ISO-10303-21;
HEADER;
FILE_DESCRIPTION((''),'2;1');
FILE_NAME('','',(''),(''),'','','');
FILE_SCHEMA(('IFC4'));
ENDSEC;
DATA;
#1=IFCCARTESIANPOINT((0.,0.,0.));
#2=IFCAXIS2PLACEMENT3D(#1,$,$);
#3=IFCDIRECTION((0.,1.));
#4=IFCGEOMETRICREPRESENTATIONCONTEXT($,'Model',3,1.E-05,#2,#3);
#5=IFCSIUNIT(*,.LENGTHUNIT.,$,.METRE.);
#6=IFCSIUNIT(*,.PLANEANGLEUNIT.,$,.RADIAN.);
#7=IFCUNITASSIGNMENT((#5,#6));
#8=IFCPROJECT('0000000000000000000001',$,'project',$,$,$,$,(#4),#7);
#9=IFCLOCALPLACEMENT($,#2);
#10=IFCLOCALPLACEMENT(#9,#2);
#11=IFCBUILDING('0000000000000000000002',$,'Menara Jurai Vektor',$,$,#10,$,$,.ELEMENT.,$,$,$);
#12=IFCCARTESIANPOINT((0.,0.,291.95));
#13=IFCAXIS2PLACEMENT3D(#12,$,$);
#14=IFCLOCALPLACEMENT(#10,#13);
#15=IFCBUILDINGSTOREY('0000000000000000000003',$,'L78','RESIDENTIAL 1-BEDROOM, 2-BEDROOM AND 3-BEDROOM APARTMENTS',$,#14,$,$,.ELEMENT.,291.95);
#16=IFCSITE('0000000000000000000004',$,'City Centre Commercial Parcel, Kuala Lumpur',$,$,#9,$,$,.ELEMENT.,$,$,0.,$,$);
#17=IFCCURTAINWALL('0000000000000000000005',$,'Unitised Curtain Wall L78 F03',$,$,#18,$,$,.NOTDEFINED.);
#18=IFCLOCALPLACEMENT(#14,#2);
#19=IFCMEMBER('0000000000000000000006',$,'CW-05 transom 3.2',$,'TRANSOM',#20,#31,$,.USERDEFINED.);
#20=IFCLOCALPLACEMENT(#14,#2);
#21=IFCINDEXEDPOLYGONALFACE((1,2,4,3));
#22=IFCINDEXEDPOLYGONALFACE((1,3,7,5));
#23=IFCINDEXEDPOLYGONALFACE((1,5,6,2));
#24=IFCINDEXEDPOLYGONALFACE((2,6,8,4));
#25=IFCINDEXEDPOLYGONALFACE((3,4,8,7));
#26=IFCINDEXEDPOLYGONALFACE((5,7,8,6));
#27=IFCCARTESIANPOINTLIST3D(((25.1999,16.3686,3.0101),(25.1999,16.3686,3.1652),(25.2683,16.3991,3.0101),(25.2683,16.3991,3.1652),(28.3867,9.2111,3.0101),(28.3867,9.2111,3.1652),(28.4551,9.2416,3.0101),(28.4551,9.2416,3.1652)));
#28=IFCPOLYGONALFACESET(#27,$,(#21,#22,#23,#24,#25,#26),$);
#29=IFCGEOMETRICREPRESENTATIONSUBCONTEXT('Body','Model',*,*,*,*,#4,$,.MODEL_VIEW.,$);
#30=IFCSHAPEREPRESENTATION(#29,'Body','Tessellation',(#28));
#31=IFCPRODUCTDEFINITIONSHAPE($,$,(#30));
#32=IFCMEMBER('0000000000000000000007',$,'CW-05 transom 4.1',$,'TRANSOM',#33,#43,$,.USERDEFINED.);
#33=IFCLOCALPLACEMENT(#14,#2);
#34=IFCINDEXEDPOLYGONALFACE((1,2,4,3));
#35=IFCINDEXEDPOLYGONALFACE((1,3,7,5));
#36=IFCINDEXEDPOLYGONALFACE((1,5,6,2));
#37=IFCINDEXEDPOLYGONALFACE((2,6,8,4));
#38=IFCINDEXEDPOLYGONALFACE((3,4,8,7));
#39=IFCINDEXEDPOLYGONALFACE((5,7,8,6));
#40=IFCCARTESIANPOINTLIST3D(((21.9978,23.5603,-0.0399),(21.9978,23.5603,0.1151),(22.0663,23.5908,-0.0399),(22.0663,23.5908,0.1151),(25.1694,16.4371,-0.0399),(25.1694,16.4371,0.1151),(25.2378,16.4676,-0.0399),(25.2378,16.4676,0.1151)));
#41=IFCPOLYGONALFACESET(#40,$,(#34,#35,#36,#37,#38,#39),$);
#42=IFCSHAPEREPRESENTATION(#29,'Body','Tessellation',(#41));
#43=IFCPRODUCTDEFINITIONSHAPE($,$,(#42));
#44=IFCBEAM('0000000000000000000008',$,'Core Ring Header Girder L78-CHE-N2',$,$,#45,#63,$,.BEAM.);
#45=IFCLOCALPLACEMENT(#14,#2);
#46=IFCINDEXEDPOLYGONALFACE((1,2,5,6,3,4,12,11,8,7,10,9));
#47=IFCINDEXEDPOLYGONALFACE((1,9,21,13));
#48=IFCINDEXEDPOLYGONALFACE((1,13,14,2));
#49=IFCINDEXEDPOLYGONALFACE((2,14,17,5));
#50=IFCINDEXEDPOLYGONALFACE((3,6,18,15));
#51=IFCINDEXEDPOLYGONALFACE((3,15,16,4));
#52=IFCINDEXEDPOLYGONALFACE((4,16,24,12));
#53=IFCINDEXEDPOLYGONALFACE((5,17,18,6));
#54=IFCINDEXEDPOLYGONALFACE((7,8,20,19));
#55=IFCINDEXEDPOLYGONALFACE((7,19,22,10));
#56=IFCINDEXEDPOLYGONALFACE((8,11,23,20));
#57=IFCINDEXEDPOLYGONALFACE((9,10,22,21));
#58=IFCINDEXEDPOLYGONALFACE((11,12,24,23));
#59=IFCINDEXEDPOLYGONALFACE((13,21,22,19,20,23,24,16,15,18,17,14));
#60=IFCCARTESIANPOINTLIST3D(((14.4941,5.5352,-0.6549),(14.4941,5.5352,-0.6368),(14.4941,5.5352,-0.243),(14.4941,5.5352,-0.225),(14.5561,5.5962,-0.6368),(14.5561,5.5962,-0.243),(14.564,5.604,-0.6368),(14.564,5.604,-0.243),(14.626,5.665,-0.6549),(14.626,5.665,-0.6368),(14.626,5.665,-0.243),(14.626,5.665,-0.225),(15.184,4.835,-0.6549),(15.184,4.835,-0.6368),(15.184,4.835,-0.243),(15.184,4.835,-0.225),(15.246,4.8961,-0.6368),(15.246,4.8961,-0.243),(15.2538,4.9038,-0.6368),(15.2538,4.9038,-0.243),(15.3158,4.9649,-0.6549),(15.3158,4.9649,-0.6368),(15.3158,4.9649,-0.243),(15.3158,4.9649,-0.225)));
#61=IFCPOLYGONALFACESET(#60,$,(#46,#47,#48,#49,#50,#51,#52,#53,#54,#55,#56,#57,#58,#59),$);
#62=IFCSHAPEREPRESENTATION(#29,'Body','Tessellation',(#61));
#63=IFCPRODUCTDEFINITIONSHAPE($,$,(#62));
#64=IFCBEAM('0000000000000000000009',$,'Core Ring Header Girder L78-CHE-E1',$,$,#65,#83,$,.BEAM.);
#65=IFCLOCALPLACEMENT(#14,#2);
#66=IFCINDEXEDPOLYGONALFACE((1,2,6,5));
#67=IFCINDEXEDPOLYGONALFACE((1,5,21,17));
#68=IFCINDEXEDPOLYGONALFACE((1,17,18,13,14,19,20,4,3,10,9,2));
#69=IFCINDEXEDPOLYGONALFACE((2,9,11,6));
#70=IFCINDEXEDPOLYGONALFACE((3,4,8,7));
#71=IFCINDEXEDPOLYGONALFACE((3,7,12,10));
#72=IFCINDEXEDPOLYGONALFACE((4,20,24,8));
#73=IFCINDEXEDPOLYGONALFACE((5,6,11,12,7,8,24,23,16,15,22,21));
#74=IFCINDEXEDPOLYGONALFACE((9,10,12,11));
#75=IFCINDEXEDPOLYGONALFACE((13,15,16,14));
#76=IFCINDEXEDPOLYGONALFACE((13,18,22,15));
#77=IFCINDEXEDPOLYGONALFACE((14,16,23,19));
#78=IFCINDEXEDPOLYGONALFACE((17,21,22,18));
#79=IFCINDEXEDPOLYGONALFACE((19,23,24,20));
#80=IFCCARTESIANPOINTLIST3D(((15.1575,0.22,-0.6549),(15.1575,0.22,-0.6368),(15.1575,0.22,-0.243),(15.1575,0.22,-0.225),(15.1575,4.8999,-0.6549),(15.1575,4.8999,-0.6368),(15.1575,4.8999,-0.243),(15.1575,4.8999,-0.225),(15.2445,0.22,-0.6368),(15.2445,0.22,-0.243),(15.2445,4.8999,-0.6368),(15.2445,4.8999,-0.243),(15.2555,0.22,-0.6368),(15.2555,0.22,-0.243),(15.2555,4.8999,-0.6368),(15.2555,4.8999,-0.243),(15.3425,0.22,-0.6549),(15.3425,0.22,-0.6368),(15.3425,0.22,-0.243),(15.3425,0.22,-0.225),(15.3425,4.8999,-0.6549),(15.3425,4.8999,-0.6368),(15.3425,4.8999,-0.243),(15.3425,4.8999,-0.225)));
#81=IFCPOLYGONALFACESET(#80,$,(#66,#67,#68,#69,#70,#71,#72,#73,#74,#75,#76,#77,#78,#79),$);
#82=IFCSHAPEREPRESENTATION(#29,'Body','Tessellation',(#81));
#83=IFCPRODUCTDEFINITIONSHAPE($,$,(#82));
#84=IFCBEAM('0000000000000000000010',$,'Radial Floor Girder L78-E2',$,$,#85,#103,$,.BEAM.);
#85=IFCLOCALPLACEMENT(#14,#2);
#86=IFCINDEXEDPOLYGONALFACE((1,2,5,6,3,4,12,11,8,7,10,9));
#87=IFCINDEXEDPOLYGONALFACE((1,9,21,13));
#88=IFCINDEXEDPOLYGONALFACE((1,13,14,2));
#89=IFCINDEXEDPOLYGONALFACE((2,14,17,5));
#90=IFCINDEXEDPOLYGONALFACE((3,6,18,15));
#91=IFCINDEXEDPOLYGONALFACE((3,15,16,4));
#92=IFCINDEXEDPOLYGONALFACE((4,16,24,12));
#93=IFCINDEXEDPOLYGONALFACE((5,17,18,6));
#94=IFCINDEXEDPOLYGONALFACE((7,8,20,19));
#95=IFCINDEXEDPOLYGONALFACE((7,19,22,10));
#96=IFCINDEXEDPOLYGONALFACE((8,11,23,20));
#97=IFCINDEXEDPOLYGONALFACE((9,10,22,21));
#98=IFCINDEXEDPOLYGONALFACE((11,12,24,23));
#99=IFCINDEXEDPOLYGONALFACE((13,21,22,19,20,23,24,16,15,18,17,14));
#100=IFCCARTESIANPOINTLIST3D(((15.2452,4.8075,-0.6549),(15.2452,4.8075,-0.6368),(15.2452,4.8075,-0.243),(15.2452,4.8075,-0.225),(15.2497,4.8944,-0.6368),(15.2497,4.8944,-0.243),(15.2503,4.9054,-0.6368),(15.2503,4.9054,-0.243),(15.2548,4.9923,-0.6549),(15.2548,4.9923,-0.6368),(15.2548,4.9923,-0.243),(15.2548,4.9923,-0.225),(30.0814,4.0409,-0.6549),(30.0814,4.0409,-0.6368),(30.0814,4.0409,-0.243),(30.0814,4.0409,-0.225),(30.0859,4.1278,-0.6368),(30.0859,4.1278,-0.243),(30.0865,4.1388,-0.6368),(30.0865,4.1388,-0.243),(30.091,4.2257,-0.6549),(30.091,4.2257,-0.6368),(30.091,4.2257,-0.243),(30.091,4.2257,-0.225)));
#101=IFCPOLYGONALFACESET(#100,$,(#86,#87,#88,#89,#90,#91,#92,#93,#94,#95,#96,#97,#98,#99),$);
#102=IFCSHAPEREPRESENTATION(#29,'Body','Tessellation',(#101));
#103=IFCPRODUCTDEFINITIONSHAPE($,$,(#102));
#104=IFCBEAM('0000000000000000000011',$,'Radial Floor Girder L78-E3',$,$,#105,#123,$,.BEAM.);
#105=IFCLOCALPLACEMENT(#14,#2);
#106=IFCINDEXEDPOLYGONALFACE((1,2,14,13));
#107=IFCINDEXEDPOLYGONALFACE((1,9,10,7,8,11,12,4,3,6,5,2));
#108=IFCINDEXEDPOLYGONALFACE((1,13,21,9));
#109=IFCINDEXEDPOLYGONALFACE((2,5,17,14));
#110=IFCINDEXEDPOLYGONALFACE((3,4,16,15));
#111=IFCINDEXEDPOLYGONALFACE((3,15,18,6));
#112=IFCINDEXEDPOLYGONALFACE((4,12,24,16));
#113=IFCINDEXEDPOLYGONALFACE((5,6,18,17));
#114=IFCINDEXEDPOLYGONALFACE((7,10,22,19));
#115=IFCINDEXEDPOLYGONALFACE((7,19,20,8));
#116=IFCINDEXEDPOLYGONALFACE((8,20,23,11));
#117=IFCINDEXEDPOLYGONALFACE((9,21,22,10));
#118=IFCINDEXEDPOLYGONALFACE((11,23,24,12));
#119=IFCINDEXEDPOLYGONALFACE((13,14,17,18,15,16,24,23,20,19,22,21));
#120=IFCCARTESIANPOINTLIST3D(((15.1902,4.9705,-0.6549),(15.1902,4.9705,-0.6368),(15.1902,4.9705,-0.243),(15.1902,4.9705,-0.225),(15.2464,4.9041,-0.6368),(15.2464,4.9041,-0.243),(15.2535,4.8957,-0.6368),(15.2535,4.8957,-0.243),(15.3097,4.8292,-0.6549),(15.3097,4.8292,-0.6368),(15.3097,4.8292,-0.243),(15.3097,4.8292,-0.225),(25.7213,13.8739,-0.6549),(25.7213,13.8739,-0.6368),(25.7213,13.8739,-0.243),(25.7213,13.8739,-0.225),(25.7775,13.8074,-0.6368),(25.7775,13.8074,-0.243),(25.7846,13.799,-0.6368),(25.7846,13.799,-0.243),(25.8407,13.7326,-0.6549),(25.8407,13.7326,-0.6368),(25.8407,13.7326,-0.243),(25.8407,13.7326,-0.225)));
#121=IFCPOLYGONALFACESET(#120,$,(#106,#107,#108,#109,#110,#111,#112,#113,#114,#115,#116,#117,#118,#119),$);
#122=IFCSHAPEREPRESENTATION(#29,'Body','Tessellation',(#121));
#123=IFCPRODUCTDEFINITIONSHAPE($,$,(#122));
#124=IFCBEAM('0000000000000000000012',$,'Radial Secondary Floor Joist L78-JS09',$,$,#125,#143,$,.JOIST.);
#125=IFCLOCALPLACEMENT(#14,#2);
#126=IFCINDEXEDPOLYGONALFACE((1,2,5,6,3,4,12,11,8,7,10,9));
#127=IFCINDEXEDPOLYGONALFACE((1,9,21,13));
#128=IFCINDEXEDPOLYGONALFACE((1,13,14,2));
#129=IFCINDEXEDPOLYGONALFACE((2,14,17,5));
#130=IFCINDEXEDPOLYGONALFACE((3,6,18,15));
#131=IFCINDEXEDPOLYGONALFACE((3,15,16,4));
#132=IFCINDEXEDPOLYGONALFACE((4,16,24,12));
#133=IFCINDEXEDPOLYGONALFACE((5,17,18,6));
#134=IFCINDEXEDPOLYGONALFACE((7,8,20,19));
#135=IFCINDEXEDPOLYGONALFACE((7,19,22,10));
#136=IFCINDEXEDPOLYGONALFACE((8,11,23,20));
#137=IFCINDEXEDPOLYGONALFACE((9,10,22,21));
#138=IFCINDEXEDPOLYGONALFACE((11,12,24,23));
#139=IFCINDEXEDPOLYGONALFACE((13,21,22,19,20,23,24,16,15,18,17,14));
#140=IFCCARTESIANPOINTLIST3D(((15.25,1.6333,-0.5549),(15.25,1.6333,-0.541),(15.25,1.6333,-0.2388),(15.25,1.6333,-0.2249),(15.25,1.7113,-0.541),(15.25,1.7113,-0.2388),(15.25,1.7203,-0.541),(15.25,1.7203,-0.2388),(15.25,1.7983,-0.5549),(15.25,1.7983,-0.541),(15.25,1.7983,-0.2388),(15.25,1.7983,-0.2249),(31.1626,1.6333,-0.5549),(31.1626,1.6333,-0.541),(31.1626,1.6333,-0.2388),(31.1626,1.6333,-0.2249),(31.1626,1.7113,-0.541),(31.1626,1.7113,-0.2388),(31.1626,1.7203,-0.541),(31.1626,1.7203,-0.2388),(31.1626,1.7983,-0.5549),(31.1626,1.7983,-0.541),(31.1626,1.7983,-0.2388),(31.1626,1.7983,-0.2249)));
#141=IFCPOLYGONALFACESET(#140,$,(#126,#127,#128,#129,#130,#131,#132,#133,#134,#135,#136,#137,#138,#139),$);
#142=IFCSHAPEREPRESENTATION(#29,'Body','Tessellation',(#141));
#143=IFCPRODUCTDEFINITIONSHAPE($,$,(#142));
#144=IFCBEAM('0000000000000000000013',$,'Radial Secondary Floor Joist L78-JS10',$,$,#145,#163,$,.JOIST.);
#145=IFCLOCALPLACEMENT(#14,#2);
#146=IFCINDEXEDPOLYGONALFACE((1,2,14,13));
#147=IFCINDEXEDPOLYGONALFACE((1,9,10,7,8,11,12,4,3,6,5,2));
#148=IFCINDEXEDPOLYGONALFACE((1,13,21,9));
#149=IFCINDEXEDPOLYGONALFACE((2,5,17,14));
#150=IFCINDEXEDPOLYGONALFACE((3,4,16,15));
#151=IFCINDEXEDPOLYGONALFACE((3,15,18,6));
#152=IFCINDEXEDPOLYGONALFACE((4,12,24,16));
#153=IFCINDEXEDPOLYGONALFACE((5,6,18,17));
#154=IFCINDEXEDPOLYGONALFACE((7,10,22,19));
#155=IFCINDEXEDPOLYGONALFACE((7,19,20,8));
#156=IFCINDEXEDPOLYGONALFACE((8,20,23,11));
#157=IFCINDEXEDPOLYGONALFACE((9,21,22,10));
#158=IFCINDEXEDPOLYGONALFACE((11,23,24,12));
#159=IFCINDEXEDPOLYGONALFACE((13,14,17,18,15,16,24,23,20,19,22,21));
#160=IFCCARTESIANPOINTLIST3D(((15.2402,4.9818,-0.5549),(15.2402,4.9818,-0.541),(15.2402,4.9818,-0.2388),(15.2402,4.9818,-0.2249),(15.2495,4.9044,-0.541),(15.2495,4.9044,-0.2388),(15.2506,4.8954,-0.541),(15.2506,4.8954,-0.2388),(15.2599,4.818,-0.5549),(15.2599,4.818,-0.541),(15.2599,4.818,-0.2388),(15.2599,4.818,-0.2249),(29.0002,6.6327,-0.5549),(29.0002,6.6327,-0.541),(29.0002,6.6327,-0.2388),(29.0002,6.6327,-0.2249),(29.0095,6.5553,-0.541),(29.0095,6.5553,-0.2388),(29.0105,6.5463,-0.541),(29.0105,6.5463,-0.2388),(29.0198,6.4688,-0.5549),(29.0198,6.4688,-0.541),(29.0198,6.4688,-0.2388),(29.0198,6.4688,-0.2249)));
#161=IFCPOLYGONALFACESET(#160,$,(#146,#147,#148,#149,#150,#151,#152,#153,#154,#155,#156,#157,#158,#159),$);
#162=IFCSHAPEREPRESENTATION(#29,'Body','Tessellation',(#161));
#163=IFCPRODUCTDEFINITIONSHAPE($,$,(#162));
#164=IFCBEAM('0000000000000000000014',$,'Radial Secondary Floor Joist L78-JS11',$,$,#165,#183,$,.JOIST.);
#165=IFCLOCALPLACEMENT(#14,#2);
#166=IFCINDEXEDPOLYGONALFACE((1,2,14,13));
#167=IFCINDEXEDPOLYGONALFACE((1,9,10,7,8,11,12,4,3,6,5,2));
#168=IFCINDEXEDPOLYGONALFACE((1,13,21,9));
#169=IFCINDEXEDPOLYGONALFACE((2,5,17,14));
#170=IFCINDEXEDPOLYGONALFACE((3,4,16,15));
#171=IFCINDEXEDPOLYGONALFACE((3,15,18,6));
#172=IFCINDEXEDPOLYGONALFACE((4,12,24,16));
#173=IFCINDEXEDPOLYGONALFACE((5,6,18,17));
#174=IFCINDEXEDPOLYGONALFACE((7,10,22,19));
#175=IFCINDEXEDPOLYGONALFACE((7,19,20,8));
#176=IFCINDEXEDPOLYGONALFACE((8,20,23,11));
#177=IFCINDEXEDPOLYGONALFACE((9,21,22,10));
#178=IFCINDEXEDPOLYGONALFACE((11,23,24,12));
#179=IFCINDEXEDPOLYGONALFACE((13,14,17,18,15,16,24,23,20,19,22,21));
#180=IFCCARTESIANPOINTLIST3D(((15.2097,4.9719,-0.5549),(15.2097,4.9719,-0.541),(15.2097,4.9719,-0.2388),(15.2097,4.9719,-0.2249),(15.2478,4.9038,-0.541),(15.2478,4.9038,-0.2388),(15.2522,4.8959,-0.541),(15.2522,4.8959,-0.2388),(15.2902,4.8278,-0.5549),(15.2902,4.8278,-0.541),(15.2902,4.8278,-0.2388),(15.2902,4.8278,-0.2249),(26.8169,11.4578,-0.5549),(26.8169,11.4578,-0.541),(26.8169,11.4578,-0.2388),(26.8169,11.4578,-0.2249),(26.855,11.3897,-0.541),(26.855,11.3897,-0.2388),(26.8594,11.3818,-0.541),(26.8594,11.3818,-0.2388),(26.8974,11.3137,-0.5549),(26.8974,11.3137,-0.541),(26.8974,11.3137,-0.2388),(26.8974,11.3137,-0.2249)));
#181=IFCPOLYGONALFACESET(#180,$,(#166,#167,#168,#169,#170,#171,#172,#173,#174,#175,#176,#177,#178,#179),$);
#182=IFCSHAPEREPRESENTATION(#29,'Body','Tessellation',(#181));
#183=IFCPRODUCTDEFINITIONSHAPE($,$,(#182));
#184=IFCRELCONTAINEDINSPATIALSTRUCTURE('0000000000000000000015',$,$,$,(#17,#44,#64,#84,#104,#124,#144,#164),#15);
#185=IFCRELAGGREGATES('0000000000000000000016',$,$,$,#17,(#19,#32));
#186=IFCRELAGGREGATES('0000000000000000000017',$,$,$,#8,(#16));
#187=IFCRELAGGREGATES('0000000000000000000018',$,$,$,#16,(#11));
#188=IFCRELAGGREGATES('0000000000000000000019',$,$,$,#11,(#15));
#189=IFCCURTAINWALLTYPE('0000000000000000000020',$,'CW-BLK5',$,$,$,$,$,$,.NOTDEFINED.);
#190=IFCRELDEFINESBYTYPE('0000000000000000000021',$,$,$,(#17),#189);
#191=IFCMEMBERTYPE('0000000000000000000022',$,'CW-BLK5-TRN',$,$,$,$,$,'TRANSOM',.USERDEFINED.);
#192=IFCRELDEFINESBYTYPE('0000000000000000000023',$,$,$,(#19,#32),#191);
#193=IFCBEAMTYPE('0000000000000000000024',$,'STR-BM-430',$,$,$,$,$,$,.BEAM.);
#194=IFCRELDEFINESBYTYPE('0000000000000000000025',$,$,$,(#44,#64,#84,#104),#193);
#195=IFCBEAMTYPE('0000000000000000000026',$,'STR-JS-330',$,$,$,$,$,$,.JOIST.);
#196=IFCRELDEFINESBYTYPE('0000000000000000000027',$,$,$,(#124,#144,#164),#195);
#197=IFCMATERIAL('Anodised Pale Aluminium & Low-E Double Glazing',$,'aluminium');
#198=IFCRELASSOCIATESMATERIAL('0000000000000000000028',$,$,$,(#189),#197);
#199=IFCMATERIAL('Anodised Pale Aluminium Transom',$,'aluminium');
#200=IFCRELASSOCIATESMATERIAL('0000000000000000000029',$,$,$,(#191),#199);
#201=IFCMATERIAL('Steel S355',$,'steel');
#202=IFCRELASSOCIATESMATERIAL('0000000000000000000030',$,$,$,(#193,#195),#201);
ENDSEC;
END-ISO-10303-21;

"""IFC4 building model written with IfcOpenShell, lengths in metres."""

from ifc_helpers import new_model, si_unit, direction, frame, origin, origin_2d, place, context, subcontext, project, spatial, rectangle, i_section, extrude, material, material_profile, profile_set, type_object, element, aggregate, save


model = new_model("IFC4")

# Units and contexts
model_context = context("Model", 3, precision=1e-05, world=origin(), true_north=direction((0.0, 1.0)))
body_context = subcontext(model_context, "Body", "Model", "MODEL_VIEW")
ifc_project = project(units=[si_unit("LENGTHUNIT", "METRE"), si_unit("PLANEANGLEUNIT", "RADIAN")], contexts=[model_context])

# Site, building, storey
site_placement = place(None, origin())
site = spatial("IfcSite", under=ifc_project, at=site_placement, Name="City Centre Commercial Parcel, Kuala Lumpur", CompositionType="ELEMENT", RefElevation=0.0)
building_placement = place(site_placement, origin())
building = spatial("IfcBuilding", under=site, at=building_placement, Name="Menara Jurai Vektor", CompositionType="ELEMENT")
storey_placement = place(building_placement, frame((0.0, 0.0, 291.95)))
storey = spatial("IfcBuildingStorey", under=building, at=storey_placement, Name="L78", Description="RESIDENTIAL 1-BEDROOM, 2-BEDROOM AND 3-BEDROOM APARTMENTS", CompositionType="ELEMENT", Elevation=291.95)

# Curtain wall, members
ifc_material_1 = material(Name="Anodised Pale Aluminium & Low-E Double Glazing", Category="aluminium")
curtain_wall_type = type_object("IfcCurtainWallType", Name="CW-BLK5", PredefinedType="NOTDEFINED", material=ifc_material_1)
curtain_wall_placement = place(storey_placement, origin())
curtain_wall = element("IfcCurtainWall", 1, at=curtain_wall_placement, inside=storey, type_object=curtain_wall_type, Name="Unitised Curtain Wall L78 F03", PredefinedType="NOTDEFINED")
ifc_material_2 = material(Name="Anodised Pale Aluminium Transom", Category="aluminium")
ifc_material_profile_1 = material_profile(ifc_material_2, rectangle(XDim=0.075, YDim=0.155, at=origin_2d()), Name="ALU TRN 75x155")
ifc_profile_set_1 = profile_set([ifc_material_profile_1], Name="Anodised Pale Aluminium Transom")
member_type_1 = type_object("IfcMemberType", Name="CW-BLK5-TRN", ElementType="TRANSOM", PredefinedType="USERDEFINED", material=ifc_profile_set_1)
member_1_placement = place(storey_placement, frame((28.4209, 9.2263, 3.0876), z_axis=(-0.406743, 0.913543, 0.0), x_axis=(-0.913543, -0.406743, 0.0)))
member_1 = element("IfcMember", 2, at=member_1_placement, type_object=member_type_1, Name="CW-05 transom 3.2", ObjectType="TRANSOM", PredefinedType="USERDEFINED", context=body_context, shape_type="SweptSolid", body=[
    extrude(rectangle(XDim=0.075, YDim=0.155, at=origin_2d()), origin(), (0.0, 0.0, 1.0), 7.835),
])
member_2_placement = place(storey_placement, frame((25.2036, 16.4524, 0.0376), z_axis=(-0.406751, 0.913539, 0.0), x_axis=(-0.913539, -0.406751, 0.0)))
member_2 = element("IfcMember", 3, at=member_2_placement, type_object=member_type_1, Name="CW-05 transom 4.1", ObjectType="TRANSOM", PredefinedType="USERDEFINED", context=body_context, shape_type="SweptSolid", body=[
    extrude(rectangle(XDim=0.075, YDim=0.155, at=origin_2d()), origin(), (0.0, 0.0, 1.0), 7.7974),
])

# Beams
ifc_material_3 = material(Name="Steel S355", Category="steel")
ifc_material_profile_2 = material_profile(ifc_material_3, i_section(OverallWidth=0.1851, OverallDepth=0.4299, WebThickness=0.011, FlangeThickness=0.0181, at=origin_2d()), Name="PG 430x185x76")
ifc_profile_set_2 = profile_set([ifc_material_profile_2], Name="Steel S355")
beam_type_1 = type_object("IfcBeamType", Name="STR-BM-430", PredefinedType="BEAM", material=ifc_profile_set_2)
beam_1_placement = place(storey_placement, frame((14.5601, 5.6001, -0.4399), z_axis=(0.701872, -0.712303, 0.0), x_axis=(0.712303, 0.701872, 0.0)))
element("IfcBeam", 4, at=beam_1_placement, inside=storey, type_object=beam_type_1, Name="Core Ring Header Girder L78-CHE-N2", PredefinedType="BEAM", context=body_context, shape_type="SweptSolid", body=[
    extrude(i_section(OverallWidth=0.1851, OverallDepth=0.4299, WebThickness=0.011, FlangeThickness=0.0181, at=origin_2d()), origin(), (0.0, 0.0, 1.0), 0.9829),
])
beam_2_placement = place(storey_placement, frame((15.25, 0.22, -0.4399), z_axis=(0.0, 1.0, 0.0), x_axis=(-1.0, 0.0, 0.0)))
element("IfcBeam", 5, at=beam_2_placement, inside=storey, type_object=beam_type_1, Name="Core Ring Header Girder L78-CHE-E1", PredefinedType="BEAM", context=body_context, shape_type="SweptSolid", body=[
    extrude(i_section(OverallWidth=0.1851, OverallDepth=0.4299, WebThickness=0.011, FlangeThickness=0.0181, at=origin_2d()), origin(), (0.0, 0.0, 1.0), 4.6799),
])
beam_3_placement = place(storey_placement, frame((30.0862, 4.1333, -0.4399), z_axis=(-0.998668, 0.051602, 0.0), x_axis=(-0.051602, -0.998668, 0.0)))
element("IfcBeam", 6, at=beam_3_placement, inside=storey, type_object=beam_type_1, Name="Radial Floor Girder L78-E2", PredefinedType="BEAM", context=body_context, shape_type="SweptSolid", body=[
    extrude(i_section(OverallWidth=0.1851, OverallDepth=0.4299, WebThickness=0.011, FlangeThickness=0.0181, at=origin_2d()), origin(), (0.0, 0.0, 1.0), 14.856),
])
beam_4_placement = place(storey_placement, frame((25.781, 13.8032, -0.4399), z_axis=(-0.763656, -0.645624, 0.0), x_axis=(0.645624, -0.763656, 0.0)))
element("IfcBeam", 7, at=beam_4_placement, inside=storey, type_object=beam_type_1, Name="Radial Floor Girder L78-E3", PredefinedType="BEAM", context=body_context, shape_type="SweptSolid", body=[
    extrude(i_section(OverallWidth=0.1851, OverallDepth=0.4299, WebThickness=0.011, FlangeThickness=0.0181, at=origin_2d()), origin(), (0.0, 0.0, 1.0), 13.7903),
])
ifc_material_profile_3 = material_profile(ifc_material_3, i_section(OverallWidth=0.165, OverallDepth=0.3301, WebThickness=0.009, FlangeThickness=0.0139, at=origin_2d()), Name="PG 330x165x46")
ifc_profile_set_3 = profile_set([ifc_material_profile_3], Name="Steel S355")
beam_type_2 = type_object("IfcBeamType", Name="STR-JS-330", PredefinedType="JOIST", material=ifc_profile_set_3)
beam_5_placement = place(storey_placement, frame((31.1626, 1.7158, -0.3899), z_axis=(-1.0, 0.0, 0.0), x_axis=(0.0, -1.0, 0.0)))
element("IfcBeam", 8, at=beam_5_placement, inside=storey, type_object=beam_type_2, Name="Radial Secondary Floor Joist L78-JS09", PredefinedType="JOIST", context=body_context, shape_type="SweptSolid", body=[
    extrude(i_section(OverallWidth=0.165, OverallDepth=0.3301, WebThickness=0.009, FlangeThickness=0.0139, at=origin_2d()), origin(), (0.0, 0.0, 1.0), 15.9126),
])
beam_6_placement = place(storey_placement, frame((29.01, 6.5508, -0.3899), z_axis=(-0.99288, -0.119122, 0.0), x_axis=(0.119122, -0.99288, 0.0)))
element("IfcBeam", 9, at=beam_6_placement, inside=storey, type_object=beam_type_2, Name="Radial Secondary Floor Joist L78-JS10", PredefinedType="JOIST", context=body_context, shape_type="SweptSolid", body=[
    extrude(i_section(OverallWidth=0.165, OverallDepth=0.3301, WebThickness=0.009, FlangeThickness=0.0139, at=origin_2d()), origin(), (0.0, 0.0, 1.0), 13.8586),
])
beam_7_placement = place(storey_placement, frame((26.8572, 11.3857, -0.3899), z_axis=(-0.87296, -0.487791, 0.0), x_axis=(0.487791, -0.87296, 0.0)))
element("IfcBeam", 10, at=beam_7_placement, inside=storey, type_object=beam_type_2, Name="Radial Secondary Floor Joist L78-JS11", PredefinedType="JOIST", context=body_context, shape_type="SweptSolid", body=[
    extrude(i_section(OverallWidth=0.165, OverallDepth=0.3301, WebThickness=0.009, FlangeThickness=0.0139, at=origin_2d()), origin(), (0.0, 0.0, 1.0), 13.2964),
])

aggregate(curtain_wall, [member_1, member_2])

save(model, "model.ifc")
